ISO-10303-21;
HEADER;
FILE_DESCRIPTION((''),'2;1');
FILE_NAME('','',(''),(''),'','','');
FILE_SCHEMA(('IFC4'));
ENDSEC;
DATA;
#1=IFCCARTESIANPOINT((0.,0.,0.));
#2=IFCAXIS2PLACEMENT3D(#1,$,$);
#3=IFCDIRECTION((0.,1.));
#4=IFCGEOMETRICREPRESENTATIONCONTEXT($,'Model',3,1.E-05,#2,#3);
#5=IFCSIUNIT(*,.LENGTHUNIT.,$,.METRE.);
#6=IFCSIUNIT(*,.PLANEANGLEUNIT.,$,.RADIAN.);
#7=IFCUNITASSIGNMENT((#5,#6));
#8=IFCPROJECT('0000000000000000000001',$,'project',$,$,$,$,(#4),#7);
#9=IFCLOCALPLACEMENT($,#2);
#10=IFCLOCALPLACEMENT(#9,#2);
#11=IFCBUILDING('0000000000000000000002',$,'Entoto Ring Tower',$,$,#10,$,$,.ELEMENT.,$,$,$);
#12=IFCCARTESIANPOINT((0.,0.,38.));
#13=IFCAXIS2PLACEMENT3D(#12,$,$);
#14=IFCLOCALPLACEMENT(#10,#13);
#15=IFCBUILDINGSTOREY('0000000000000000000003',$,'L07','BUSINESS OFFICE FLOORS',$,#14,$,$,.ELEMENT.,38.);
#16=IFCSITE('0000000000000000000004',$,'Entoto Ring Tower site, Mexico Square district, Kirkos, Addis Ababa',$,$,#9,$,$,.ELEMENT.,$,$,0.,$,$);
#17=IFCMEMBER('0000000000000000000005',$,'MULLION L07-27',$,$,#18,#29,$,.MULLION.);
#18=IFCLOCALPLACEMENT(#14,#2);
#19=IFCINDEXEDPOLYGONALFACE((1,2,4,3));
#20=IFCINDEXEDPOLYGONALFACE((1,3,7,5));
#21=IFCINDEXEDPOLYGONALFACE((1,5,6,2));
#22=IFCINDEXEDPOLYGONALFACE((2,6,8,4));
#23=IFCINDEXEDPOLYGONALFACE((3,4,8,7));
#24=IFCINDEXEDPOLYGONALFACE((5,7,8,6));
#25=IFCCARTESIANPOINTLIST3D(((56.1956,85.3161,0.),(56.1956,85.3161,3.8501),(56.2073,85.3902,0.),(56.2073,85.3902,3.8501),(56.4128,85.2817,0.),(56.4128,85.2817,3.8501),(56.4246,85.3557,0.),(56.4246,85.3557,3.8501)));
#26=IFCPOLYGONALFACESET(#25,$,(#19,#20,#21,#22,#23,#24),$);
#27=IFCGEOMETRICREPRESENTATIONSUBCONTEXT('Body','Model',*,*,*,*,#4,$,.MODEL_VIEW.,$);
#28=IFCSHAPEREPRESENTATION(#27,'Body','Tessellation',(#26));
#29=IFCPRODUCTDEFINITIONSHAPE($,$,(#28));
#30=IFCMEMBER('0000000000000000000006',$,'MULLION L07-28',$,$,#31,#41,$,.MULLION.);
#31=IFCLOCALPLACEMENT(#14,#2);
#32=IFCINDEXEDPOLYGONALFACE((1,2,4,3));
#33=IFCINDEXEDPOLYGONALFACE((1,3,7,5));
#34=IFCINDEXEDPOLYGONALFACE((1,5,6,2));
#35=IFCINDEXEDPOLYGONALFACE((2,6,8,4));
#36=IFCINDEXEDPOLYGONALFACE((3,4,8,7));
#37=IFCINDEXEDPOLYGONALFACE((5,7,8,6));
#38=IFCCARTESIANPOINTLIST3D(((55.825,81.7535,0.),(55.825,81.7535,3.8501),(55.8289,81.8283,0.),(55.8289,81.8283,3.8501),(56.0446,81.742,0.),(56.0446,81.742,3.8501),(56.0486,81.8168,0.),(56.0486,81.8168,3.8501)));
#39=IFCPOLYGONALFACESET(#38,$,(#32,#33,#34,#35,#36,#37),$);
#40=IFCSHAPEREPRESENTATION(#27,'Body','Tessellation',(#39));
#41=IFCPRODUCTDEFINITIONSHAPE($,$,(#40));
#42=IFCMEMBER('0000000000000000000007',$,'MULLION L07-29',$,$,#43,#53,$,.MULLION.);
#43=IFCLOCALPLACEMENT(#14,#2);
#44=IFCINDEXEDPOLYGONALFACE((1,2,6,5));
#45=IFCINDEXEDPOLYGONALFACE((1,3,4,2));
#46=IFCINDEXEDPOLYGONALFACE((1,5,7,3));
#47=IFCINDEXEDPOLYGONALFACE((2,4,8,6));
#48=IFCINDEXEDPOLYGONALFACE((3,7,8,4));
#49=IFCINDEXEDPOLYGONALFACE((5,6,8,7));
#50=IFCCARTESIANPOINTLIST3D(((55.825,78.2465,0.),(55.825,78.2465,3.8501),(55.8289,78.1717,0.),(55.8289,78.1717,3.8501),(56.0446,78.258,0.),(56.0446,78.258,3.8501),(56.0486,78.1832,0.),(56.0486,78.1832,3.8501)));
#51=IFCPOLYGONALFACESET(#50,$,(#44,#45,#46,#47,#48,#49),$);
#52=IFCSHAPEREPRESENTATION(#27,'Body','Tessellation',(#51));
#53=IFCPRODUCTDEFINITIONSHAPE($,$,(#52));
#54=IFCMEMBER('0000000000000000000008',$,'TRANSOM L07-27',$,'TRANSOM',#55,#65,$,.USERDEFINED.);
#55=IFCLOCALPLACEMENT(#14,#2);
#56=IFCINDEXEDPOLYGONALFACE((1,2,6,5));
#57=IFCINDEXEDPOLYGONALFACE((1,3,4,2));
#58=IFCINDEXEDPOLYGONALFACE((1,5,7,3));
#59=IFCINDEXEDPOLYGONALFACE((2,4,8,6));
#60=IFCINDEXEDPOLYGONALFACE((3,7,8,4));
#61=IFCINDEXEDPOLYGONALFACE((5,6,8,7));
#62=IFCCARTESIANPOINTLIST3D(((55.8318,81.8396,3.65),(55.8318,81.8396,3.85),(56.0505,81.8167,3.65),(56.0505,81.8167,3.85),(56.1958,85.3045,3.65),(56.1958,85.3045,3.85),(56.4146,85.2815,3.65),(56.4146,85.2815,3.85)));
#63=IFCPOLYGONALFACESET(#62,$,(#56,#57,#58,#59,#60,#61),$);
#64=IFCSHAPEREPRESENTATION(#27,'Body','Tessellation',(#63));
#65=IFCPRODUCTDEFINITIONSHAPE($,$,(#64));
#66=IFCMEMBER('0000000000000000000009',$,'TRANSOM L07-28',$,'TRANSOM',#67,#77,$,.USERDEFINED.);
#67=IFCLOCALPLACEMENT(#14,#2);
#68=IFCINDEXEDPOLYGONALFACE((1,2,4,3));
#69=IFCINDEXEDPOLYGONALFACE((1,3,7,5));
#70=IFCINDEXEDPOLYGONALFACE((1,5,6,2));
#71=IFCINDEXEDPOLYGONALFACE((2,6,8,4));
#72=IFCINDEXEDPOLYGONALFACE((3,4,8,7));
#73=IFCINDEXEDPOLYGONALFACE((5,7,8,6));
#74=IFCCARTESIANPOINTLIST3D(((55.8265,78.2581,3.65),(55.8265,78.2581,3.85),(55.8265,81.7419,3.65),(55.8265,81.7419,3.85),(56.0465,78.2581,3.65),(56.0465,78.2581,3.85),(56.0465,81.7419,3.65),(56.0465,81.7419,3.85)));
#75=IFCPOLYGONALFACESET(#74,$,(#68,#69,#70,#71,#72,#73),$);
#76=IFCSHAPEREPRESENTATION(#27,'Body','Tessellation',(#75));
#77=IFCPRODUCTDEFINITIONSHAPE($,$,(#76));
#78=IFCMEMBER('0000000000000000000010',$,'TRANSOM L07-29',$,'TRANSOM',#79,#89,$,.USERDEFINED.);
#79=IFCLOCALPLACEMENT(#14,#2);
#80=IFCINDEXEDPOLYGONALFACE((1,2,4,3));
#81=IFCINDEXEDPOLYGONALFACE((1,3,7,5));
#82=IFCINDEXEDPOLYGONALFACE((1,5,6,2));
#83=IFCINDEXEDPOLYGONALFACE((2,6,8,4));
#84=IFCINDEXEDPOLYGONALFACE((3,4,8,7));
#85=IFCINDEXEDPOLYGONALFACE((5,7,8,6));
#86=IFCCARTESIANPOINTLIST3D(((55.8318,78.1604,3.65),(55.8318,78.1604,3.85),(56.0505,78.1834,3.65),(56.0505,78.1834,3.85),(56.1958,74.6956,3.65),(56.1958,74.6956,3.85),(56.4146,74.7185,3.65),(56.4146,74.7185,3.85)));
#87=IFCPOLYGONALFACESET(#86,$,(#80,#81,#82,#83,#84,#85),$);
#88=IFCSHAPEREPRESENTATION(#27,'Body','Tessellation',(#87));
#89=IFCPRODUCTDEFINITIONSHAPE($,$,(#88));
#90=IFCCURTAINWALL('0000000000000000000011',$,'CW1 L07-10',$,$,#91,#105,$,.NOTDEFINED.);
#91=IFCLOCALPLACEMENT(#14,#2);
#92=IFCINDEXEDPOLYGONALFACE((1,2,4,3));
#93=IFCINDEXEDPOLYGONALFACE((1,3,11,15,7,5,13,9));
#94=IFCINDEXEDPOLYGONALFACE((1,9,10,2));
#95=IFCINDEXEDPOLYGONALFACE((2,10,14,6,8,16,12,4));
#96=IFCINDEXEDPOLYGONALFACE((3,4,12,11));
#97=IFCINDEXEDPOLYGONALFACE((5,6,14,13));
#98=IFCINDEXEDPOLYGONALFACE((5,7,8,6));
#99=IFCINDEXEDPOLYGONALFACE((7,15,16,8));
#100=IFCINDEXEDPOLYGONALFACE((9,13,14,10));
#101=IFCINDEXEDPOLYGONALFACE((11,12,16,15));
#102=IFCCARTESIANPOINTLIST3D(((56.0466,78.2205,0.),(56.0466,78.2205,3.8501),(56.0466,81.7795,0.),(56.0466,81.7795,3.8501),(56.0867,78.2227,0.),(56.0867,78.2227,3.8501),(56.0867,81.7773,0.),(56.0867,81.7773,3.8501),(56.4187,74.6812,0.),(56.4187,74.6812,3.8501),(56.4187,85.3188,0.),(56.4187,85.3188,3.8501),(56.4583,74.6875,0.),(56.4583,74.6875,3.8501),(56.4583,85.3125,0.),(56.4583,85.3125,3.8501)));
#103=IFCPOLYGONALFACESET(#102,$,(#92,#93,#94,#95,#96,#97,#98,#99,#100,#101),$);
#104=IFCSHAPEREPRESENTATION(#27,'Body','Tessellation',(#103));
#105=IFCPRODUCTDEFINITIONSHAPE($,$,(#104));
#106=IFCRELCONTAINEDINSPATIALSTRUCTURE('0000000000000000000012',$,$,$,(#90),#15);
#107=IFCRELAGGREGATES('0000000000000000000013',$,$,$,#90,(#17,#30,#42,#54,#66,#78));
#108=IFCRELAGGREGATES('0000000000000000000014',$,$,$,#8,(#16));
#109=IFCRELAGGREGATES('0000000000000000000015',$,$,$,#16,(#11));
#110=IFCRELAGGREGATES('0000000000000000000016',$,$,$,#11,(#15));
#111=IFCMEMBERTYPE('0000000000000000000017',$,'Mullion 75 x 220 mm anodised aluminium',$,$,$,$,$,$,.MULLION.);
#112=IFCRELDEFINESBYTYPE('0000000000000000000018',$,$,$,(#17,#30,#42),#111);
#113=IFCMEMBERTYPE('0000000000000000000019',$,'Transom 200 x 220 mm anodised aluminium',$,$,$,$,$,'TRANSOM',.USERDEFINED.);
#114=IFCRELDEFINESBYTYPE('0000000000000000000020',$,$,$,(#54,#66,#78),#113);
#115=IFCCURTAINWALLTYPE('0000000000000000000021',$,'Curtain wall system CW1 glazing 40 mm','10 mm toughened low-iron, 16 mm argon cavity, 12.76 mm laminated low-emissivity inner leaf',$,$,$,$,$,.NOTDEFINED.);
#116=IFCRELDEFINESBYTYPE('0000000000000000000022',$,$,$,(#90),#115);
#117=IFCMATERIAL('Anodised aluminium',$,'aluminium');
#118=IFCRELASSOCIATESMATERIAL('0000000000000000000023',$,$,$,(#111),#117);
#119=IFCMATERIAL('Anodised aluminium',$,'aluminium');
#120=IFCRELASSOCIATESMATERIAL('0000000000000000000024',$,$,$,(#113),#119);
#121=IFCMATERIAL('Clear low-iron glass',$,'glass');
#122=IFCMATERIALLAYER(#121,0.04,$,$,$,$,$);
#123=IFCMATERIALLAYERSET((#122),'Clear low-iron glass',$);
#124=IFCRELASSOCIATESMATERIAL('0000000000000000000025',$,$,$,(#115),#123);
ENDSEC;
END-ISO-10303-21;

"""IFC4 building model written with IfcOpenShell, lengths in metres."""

from ifc_helpers import new_model, si_unit, direction, frame, origin, origin_2d, place, context, subcontext, project, spatial, polyline, rectangle, outline, extrude, material, layer, layer_set, material_profile, profile_set, type_object, element, aggregate, save


model = new_model("IFC4")

# Units and contexts
model_context = context("Model", 3, precision=1e-05, world=origin(), true_north=direction((0.0, 1.0)))
body_context = subcontext(model_context, "Body", "Model", "MODEL_VIEW")
ifc_project = project(units=[si_unit("LENGTHUNIT", "METRE"), si_unit("PLANEANGLEUNIT", "RADIAN")], contexts=[model_context])

# Members
ifc_material_1 = material(Name="Anodised aluminium", Category="aluminium")
ifc_material_profile_1 = material_profile(ifc_material_1, rectangle(XDim=0.075, YDim=0.22, at=origin_2d()), Name="Mullion 75 x 220 mm anodised aluminium")
ifc_profile_set_1 = profile_set([ifc_material_profile_1], Name="Anodised aluminium")
member_type_1 = type_object("IfcMemberType", Name="Mullion 75 x 220 mm anodised aluminium", PredefinedType="MULLION", material=ifc_profile_set_1)
site_placement = place(None, origin())
building_placement = place(site_placement, origin())
storey_placement = place(building_placement, frame((0.0, 0.0, 38.0)))
member_1_placement = place(storey_placement, frame((56.3101, 85.3359, 0.0), z_axis=(0.0, 0.0, 1.0), x_axis=(-0.156434, -0.987688, 0.0)))
member_1 = element("IfcMember", 1, at=member_1_placement, type_object=member_type_1, Name="MULLION L07-27", PredefinedType="MULLION", context=body_context, shape_type="SweptSolid", body=[
    extrude(rectangle(XDim=0.075, YDim=0.22, at=origin_2d()), origin(), (0.0, 0.0, 1.0), 3.8501),
])
member_2_placement = place(storey_placement, frame((55.9368, 81.7852, 0.0), z_axis=(0.0, 0.0, 1.0), x_axis=(-0.052336, -0.99863, 0.0)))
member_2 = element("IfcMember", 2, at=member_2_placement, type_object=member_type_1, Name="MULLION L07-28", PredefinedType="MULLION", context=body_context, shape_type="SweptSolid", body=[
    extrude(rectangle(XDim=0.075, YDim=0.22, at=origin_2d()), origin(), (0.0, 0.0, 1.0), 3.8501),
])
member_3_placement = place(storey_placement, frame((55.9368, 78.2148, 0.0), z_axis=(0.0, 0.0, 1.0), x_axis=(0.052336, -0.99863, 0.0)))
member_3 = element("IfcMember", 3, at=member_3_placement, type_object=member_type_1, Name="MULLION L07-29", PredefinedType="MULLION", context=body_context, shape_type="SweptSolid", body=[
    extrude(rectangle(XDim=0.075, YDim=0.22, at=origin_2d()), origin(), (0.0, 0.0, 1.0), 3.8501),
])
ifc_material_2 = material(Name="Anodised aluminium", Category="aluminium")
ifc_material_profile_2 = material_profile(ifc_material_2, rectangle(XDim=0.22, YDim=0.2, at=origin_2d()), Name="Transom 200 x 220 mm anodised aluminium")
ifc_profile_set_2 = profile_set([ifc_material_profile_2], Name="Anodised aluminium")
member_type_2 = type_object("IfcMemberType", Name="Transom 200 x 220 mm anodised aluminium", ElementType="TRANSOM", PredefinedType="USERDEFINED", material=ifc_profile_set_2)
member_4_placement = place(storey_placement, frame((56.3052, 85.293, 3.75), z_axis=(-0.104484, -0.994527, 0.0), x_axis=(0.994527, -0.104484, 0.0)))
member_4 = element("IfcMember", 4, at=member_4_placement, type_object=member_type_2, Name="TRANSOM L07-27", ObjectType="TRANSOM", PredefinedType="USERDEFINED", context=body_context, shape_type="SweptSolid", body=[
    extrude(rectangle(XDim=0.22, YDim=0.2, at=origin_2d()), origin(), (0.0, 0.0, 1.0), 3.4839),
])
member_5_placement = place(storey_placement, frame((55.9365, 81.7419, 3.75), z_axis=(0.0, -1.0, 0.0), x_axis=(1.0, 0.0, 0.0)))
member_5 = element("IfcMember", 5, at=member_5_placement, type_object=member_type_2, Name="TRANSOM L07-28", ObjectType="TRANSOM", PredefinedType="USERDEFINED", context=body_context, shape_type="SweptSolid", body=[
    extrude(rectangle(XDim=0.22, YDim=0.2, at=origin_2d()), origin(), (0.0, 0.0, 1.0), 3.4839),
])
member_6_placement = place(storey_placement, frame((55.9412, 78.1719, 3.75), z_axis=(0.104484, -0.994527, 0.0), x_axis=(0.994527, 0.104484, 0.0)))
member_6 = element("IfcMember", 6, at=member_6_placement, type_object=member_type_2, Name="TRANSOM L07-29", ObjectType="TRANSOM", PredefinedType="USERDEFINED", context=body_context, shape_type="SweptSolid", body=[
    extrude(rectangle(XDim=0.22, YDim=0.2, at=origin_2d()), origin(), (0.0, 0.0, 1.0), 3.4839),
])

# Site, building, storey
site = spatial("IfcSite", under=ifc_project, at=site_placement, Name="Entoto Ring Tower site, Mexico Square district, Kirkos, Addis Ababa", CompositionType="ELEMENT", RefElevation=0.0)
building = spatial("IfcBuilding", under=site, at=building_placement, Name="Entoto Ring Tower", CompositionType="ELEMENT")
storey = spatial("IfcBuildingStorey", under=building, at=storey_placement, Name="L07", Description="BUSINESS OFFICE FLOORS", CompositionType="ELEMENT", Elevation=38.0)

# Curtain wall
ifc_material_3 = material(Name="Clear low-iron glass", Category="glass")
ifc_layer = layer(ifc_material_3, 0.04)
ifc_layer_set = layer_set([ifc_layer], Name="Clear low-iron glass")
curtain_wall_type = type_object("IfcCurtainWallType", Name="Curtain wall system CW1 glazing 40 mm", Description="10 mm toughened low-iron, 16 mm argon cavity, 12.76 mm laminated low-emissivity inner leaf", PredefinedType="NOTDEFINED", material=ifc_layer_set)
curtain_wall_1_placement = place(storey_placement, origin())
curtain_wall_1 = element("IfcCurtainWall", 7, at=curtain_wall_1_placement, inside=storey, type_object=curtain_wall_type, Name="CW1 L07-10", PredefinedType="NOTDEFINED", context=body_context, shape_type="SweptSolid", body=[
    extrude(outline(polyline([(56.4187, 85.3188), (56.0466, 81.7795), (56.0466, 78.2205), (56.4187, 74.6812), (56.4583, 74.6875), (56.0867, 78.2227), (56.0867, 81.7773), (56.4583, 85.3125), (56.4187, 85.3188)])), origin(), (0.0, 0.0, 1.0), 3.8501),
])
aggregate(curtain_wall_1, [member_1, member_2, member_3, member_4, member_5, member_6])

save(model, "model.ifc")
